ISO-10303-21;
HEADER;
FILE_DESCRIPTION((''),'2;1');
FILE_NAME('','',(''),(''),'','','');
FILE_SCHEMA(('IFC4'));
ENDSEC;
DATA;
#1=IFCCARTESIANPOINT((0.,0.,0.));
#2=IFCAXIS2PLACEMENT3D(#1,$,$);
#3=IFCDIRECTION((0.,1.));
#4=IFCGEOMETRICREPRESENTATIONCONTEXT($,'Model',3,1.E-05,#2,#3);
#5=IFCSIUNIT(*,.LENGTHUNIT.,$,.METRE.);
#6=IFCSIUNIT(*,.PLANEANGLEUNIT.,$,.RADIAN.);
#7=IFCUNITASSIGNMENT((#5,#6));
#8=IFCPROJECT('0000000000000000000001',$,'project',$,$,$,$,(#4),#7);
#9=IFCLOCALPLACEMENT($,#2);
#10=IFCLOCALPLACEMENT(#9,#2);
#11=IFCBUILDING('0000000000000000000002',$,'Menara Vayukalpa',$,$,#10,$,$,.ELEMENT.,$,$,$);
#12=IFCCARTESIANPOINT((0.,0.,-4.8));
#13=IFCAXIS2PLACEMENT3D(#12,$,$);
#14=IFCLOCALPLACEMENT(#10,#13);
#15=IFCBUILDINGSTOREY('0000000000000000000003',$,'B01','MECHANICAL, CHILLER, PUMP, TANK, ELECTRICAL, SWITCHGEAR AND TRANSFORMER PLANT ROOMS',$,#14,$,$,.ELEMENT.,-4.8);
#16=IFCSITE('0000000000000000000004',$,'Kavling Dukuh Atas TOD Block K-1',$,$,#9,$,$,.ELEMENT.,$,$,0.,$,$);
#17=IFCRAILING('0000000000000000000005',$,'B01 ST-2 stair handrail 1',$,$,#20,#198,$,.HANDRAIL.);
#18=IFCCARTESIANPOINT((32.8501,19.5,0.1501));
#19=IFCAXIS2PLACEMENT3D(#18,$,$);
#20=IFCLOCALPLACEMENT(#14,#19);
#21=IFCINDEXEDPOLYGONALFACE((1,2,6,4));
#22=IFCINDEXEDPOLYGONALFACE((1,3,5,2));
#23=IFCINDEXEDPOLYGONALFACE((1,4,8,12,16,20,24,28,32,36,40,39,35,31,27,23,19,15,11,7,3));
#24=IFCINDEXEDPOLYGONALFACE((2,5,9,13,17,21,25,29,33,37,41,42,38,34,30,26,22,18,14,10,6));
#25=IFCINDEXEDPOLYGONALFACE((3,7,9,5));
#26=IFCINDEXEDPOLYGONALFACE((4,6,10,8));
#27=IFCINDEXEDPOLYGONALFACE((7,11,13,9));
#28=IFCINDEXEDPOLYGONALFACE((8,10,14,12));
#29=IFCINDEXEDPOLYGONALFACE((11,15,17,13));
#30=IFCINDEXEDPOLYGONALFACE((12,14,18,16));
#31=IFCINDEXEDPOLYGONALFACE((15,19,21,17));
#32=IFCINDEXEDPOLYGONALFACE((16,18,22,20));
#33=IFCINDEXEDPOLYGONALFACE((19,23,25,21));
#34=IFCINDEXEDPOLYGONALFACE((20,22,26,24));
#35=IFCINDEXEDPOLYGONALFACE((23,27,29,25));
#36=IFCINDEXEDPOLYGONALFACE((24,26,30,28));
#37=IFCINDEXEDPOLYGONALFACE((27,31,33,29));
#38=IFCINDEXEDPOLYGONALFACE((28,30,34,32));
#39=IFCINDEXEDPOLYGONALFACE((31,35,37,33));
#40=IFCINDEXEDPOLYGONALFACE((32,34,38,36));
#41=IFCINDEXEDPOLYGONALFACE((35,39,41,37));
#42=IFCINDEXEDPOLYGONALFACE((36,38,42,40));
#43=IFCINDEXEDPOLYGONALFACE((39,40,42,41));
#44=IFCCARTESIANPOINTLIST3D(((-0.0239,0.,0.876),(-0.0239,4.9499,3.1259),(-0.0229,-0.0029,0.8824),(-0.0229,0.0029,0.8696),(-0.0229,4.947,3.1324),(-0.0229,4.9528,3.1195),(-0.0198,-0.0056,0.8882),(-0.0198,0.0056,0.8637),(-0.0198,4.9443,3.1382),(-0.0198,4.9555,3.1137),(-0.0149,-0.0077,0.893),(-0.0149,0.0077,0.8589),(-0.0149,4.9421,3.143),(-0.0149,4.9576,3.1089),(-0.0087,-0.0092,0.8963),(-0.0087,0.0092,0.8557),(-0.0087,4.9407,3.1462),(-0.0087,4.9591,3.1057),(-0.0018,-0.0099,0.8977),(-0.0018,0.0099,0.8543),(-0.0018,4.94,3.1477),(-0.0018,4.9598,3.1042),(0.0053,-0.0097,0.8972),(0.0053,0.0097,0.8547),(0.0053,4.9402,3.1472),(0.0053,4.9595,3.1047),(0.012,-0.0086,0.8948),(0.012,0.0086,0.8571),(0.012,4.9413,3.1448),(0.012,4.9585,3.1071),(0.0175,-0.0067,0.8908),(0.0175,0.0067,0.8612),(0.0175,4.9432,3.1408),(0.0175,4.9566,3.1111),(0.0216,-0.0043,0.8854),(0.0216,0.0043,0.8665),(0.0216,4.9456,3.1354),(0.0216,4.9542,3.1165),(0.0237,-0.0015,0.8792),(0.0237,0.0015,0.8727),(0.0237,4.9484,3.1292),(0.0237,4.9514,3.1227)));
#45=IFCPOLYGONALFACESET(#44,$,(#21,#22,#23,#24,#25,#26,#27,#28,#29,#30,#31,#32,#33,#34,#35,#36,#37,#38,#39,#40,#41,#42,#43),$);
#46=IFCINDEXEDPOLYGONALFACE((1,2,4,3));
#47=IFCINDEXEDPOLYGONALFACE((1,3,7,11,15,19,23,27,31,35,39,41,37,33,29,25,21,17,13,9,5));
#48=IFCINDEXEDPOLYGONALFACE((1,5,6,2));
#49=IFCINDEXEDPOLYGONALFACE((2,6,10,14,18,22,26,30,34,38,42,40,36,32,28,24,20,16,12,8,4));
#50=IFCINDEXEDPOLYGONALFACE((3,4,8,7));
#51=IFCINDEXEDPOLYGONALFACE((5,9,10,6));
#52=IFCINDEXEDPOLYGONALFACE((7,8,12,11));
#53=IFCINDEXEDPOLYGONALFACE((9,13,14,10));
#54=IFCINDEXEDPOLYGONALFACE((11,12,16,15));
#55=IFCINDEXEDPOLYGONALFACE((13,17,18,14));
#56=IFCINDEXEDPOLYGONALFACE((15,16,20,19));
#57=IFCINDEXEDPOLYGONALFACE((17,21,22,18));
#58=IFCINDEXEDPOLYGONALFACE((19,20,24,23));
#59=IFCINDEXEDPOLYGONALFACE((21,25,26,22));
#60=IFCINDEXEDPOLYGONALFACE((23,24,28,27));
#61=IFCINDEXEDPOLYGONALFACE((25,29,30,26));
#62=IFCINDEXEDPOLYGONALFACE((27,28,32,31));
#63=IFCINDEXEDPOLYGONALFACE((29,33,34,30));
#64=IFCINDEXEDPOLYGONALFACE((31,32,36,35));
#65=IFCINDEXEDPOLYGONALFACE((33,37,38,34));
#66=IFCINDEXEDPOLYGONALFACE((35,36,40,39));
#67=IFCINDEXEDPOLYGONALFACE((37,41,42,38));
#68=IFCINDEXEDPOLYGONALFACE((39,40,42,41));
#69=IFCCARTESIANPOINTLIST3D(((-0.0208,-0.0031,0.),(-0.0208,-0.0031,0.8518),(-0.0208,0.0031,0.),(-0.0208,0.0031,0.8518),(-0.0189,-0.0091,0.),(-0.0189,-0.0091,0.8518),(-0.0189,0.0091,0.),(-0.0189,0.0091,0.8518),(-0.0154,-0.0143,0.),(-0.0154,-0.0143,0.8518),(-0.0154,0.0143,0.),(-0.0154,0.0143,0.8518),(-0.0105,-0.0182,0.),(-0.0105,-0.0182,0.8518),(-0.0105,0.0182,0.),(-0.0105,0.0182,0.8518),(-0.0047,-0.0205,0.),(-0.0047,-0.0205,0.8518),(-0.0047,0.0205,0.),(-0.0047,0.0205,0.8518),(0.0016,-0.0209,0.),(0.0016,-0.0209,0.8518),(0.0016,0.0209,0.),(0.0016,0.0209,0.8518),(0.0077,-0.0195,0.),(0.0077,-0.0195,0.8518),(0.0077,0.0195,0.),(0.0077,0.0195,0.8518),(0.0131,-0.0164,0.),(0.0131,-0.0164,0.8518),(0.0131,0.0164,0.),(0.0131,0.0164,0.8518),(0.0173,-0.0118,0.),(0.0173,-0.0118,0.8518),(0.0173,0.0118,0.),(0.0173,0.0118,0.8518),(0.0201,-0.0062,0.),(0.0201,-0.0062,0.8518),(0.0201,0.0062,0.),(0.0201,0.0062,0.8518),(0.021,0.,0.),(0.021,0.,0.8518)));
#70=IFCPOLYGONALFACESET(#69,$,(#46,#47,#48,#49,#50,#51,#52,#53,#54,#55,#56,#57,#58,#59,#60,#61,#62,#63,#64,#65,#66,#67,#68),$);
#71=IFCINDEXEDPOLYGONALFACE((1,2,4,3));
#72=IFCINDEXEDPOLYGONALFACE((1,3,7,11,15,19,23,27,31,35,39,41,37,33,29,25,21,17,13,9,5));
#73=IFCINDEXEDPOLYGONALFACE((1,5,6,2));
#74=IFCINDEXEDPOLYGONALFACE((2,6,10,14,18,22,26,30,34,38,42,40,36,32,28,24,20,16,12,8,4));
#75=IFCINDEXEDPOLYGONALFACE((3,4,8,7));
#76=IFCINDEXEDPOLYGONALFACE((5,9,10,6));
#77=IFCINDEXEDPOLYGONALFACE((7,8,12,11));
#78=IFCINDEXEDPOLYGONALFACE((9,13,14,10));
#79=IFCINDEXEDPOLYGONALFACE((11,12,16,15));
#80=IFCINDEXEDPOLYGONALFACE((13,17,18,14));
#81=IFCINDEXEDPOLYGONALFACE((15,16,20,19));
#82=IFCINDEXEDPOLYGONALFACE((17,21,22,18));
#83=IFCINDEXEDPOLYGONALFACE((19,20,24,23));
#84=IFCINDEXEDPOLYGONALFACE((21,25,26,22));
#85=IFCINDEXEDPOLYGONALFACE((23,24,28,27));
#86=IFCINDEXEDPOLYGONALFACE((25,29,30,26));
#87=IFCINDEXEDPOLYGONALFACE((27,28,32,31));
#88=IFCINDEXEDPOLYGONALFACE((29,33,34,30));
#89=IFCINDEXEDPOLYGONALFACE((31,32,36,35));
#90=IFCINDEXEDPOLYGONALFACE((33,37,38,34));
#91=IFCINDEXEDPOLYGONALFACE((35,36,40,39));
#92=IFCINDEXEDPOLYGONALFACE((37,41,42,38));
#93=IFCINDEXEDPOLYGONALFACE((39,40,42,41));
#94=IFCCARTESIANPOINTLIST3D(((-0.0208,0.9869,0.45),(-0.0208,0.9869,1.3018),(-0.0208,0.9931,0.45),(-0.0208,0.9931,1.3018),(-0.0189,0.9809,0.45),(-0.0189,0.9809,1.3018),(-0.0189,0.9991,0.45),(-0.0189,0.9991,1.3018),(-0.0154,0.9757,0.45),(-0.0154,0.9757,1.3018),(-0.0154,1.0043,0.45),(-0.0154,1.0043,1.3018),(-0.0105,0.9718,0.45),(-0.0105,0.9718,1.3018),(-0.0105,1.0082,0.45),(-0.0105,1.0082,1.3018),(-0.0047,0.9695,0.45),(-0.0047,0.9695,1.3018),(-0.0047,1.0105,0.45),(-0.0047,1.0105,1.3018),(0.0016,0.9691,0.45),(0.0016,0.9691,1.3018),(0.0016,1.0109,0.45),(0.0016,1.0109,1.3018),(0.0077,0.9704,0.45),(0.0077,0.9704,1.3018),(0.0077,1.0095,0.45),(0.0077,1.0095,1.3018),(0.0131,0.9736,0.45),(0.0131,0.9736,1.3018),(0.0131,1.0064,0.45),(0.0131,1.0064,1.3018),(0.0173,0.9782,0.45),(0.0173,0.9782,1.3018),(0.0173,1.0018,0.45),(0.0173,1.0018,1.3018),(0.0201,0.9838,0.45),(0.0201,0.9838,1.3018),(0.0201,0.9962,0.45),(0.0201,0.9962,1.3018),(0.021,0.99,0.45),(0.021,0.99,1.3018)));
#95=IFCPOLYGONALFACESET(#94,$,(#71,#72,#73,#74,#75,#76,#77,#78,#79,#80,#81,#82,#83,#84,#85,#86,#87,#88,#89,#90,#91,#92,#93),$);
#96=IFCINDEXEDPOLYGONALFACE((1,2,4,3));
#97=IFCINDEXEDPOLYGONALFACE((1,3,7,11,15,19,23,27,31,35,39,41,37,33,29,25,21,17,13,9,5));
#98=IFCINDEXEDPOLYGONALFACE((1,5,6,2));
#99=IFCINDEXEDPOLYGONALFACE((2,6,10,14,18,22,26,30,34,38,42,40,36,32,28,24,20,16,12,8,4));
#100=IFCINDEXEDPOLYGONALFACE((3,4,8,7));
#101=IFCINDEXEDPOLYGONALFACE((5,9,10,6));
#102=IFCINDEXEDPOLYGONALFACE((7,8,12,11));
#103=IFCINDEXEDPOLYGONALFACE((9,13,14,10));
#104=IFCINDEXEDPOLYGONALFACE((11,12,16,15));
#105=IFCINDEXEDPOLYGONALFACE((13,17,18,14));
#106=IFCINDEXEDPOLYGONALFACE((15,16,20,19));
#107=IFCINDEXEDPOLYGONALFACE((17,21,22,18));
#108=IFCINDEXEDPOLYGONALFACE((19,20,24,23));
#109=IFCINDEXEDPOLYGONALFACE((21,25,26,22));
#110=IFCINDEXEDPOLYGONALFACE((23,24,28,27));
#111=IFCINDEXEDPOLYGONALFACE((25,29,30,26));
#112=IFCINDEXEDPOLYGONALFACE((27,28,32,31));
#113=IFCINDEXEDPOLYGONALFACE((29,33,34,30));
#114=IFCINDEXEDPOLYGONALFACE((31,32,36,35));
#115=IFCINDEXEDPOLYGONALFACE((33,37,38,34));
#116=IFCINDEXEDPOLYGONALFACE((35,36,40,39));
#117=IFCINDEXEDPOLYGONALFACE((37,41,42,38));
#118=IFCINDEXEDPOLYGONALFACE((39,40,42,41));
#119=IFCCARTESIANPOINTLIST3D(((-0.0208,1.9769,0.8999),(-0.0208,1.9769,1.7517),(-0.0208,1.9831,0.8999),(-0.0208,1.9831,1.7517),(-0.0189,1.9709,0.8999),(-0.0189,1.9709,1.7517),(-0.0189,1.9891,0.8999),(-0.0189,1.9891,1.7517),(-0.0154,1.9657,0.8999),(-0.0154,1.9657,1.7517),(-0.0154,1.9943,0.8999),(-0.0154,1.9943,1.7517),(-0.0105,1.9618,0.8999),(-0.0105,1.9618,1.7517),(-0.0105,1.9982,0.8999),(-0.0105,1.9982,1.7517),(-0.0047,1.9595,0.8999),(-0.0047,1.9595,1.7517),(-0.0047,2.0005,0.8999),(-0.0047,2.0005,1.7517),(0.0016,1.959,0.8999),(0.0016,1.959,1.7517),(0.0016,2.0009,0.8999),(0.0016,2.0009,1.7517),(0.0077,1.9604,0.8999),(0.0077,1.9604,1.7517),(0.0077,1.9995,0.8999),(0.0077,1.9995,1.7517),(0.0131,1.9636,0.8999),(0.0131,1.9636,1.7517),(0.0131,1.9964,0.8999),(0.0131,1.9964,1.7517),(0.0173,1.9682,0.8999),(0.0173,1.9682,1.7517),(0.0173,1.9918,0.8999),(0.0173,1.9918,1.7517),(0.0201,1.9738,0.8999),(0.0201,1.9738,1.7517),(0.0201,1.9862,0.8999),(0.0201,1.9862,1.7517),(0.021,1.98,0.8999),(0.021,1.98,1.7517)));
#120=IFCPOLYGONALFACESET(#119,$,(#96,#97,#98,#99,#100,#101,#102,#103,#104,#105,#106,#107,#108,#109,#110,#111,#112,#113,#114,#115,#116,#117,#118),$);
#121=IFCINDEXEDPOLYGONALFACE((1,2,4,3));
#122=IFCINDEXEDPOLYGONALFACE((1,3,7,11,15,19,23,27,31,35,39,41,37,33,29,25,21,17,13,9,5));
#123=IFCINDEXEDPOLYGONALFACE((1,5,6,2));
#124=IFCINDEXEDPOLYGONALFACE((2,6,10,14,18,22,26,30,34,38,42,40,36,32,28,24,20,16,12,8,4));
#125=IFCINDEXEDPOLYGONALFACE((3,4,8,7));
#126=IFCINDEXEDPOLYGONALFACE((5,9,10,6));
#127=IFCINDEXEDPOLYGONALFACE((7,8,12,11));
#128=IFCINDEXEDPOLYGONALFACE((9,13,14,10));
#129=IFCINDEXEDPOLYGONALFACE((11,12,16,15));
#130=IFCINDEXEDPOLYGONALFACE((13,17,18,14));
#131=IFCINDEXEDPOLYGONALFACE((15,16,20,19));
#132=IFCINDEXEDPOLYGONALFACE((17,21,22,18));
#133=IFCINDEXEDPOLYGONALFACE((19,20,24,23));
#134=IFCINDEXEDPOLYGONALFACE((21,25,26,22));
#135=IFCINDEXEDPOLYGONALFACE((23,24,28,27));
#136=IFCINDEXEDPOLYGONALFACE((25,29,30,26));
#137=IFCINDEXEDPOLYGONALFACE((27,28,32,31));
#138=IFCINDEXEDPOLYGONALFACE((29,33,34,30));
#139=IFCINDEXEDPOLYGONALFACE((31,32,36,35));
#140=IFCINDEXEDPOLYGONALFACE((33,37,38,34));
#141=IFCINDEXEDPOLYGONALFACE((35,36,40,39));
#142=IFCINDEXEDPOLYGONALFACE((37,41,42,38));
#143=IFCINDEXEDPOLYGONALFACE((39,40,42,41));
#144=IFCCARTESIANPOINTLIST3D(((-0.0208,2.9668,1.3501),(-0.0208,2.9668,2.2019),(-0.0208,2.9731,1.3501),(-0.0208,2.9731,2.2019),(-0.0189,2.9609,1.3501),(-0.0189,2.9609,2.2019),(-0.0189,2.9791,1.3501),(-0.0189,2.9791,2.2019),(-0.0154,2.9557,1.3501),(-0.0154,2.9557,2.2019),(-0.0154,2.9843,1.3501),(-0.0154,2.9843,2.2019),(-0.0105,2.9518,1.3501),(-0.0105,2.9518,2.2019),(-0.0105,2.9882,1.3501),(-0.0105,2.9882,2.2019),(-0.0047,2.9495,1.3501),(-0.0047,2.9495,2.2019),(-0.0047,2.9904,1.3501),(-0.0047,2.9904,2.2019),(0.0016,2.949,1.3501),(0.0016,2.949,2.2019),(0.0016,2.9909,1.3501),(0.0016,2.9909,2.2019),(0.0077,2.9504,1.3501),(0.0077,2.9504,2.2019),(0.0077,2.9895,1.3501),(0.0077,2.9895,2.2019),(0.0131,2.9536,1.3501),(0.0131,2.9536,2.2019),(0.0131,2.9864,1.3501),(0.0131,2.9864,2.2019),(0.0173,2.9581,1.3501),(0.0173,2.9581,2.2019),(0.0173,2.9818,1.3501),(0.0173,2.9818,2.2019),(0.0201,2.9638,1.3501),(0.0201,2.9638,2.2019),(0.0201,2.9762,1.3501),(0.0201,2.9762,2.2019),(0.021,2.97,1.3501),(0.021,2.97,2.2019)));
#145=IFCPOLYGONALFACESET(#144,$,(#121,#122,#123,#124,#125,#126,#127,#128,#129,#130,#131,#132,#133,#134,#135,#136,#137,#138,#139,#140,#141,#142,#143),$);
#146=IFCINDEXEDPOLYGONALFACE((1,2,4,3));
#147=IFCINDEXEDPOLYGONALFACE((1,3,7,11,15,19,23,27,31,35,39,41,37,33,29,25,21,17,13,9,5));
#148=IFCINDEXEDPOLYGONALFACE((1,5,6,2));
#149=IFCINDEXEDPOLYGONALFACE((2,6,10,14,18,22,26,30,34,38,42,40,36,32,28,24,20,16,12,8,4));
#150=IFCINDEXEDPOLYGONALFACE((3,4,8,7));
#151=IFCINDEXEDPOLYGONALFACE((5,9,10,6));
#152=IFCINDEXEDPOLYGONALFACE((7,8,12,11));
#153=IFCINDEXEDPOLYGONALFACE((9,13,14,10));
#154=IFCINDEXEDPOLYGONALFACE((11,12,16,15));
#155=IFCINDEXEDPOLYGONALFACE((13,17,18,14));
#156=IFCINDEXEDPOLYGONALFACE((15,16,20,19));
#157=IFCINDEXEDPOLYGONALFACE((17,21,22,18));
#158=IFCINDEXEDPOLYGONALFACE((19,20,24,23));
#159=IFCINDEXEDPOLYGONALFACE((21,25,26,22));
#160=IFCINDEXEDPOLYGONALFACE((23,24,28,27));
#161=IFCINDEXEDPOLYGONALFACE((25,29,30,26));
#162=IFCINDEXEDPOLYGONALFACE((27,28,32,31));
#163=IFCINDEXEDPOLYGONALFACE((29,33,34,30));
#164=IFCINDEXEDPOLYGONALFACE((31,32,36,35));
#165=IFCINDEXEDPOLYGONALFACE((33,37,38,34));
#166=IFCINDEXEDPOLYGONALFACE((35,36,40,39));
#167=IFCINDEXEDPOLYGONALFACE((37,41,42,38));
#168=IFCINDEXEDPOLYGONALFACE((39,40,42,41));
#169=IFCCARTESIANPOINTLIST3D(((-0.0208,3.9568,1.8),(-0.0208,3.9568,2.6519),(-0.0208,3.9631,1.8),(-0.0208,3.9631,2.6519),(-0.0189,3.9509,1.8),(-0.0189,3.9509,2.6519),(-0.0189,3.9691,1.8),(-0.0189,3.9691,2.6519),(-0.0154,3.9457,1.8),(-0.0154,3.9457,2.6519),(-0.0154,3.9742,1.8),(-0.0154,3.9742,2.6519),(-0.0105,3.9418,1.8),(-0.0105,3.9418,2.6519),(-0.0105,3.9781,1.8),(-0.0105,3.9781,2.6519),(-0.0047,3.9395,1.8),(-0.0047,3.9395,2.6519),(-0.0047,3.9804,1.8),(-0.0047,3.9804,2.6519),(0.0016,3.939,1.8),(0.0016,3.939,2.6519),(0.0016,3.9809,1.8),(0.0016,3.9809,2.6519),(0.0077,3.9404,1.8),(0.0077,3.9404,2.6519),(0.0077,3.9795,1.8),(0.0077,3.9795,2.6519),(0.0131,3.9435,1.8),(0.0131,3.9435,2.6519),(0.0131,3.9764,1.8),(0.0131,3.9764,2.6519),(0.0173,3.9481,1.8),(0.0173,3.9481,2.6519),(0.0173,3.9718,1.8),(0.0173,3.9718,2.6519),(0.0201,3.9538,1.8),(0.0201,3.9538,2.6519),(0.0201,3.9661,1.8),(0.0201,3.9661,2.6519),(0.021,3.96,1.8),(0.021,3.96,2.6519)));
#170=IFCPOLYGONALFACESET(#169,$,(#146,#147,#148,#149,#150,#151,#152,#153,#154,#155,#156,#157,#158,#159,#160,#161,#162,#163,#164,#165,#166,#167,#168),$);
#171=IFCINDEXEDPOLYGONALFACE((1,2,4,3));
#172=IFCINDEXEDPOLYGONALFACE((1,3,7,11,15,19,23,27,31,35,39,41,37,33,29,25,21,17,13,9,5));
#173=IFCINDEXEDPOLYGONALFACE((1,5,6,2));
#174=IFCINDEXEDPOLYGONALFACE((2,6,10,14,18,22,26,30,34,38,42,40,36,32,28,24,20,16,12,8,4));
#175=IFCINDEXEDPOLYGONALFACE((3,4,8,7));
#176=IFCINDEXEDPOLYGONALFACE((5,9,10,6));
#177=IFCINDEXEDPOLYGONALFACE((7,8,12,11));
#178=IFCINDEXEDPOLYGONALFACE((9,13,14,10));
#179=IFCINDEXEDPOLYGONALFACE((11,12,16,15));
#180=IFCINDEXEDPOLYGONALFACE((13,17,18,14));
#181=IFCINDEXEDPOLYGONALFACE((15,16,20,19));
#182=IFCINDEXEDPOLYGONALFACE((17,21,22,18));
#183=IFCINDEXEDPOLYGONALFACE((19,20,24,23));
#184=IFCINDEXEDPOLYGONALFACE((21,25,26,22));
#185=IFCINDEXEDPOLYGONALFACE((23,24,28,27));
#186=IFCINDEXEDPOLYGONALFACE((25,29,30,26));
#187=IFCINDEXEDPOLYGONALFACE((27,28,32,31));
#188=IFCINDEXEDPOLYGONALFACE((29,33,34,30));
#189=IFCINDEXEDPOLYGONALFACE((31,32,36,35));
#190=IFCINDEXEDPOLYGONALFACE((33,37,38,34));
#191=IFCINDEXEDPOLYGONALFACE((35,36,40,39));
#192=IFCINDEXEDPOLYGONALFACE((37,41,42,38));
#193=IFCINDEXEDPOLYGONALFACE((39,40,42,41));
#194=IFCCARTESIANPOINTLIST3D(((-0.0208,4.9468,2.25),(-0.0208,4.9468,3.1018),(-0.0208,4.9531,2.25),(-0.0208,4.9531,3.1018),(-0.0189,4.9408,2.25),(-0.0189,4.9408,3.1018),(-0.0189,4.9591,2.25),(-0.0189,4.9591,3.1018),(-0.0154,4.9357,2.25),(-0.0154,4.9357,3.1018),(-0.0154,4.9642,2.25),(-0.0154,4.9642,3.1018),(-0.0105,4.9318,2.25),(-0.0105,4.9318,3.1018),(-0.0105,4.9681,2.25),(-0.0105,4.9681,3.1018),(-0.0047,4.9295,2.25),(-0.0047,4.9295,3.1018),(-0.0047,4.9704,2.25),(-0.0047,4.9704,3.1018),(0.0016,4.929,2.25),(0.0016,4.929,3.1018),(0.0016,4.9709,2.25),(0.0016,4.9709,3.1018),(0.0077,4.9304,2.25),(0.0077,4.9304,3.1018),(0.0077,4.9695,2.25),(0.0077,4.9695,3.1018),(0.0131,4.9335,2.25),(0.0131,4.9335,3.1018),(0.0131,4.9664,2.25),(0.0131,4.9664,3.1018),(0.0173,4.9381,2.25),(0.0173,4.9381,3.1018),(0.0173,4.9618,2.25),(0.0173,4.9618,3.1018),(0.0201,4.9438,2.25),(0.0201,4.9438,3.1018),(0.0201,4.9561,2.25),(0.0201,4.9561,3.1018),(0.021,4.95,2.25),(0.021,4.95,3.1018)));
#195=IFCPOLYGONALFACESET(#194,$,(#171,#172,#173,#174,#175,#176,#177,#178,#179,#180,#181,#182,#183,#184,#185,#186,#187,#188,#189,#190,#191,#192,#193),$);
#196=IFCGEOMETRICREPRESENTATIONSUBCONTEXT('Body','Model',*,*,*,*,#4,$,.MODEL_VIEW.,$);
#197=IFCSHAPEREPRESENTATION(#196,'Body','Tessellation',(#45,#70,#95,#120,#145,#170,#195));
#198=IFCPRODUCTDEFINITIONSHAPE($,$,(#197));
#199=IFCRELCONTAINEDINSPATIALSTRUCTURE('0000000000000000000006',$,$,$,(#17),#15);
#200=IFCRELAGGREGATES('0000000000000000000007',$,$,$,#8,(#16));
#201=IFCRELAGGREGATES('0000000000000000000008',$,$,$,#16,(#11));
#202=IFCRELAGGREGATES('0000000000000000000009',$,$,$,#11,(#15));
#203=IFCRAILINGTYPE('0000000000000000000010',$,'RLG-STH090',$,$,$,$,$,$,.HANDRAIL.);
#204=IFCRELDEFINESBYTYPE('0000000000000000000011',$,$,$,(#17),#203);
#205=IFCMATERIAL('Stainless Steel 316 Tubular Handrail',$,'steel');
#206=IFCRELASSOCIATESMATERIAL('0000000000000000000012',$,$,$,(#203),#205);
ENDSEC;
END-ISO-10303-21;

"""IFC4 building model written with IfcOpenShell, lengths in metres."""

from ifc_helpers import new_model, si_unit, direction, frame, origin, origin_2d, place, context, subcontext, project, spatial, circle, extrude, material, type_object, element, save


model = new_model("IFC4")

# Units and contexts
model_context = context("Model", 3, precision=1e-05, world=origin(), true_north=direction((0.0, 1.0)))
body_context = subcontext(model_context, "Body", "Model", "MODEL_VIEW")
ifc_project = project(units=[si_unit("LENGTHUNIT", "METRE"), si_unit("PLANEANGLEUNIT", "RADIAN")], contexts=[model_context])

# Site, building, storey
site_placement = place(None, origin())
site = spatial("IfcSite", under=ifc_project, at=site_placement, Name="Kavling Dukuh Atas TOD Block K-1", CompositionType="ELEMENT", RefElevation=0.0)
building_placement = place(site_placement, origin())
building = spatial("IfcBuilding", under=site, at=building_placement, Name="Menara Vayukalpa", CompositionType="ELEMENT")
storey_placement = place(building_placement, frame((0.0, 0.0, -4.8)))
storey = spatial("IfcBuildingStorey", under=building, at=storey_placement, Name="B01", Description="MECHANICAL, CHILLER, PUMP, TANK, ELECTRICAL, SWITCHGEAR AND TRANSFORMER PLANT ROOMS", CompositionType="ELEMENT", Elevation=-4.8)

# Railing
ifc_material_1 = material(Name="Stainless Steel 316 Tubular Handrail", Category="steel")
railing_type_1 = type_object("IfcRailingType", Name="RLG-STH090", PredefinedType="HANDRAIL", material=ifc_material_1)
for number, where, name in (
    (1, (32.8501, 19.5, 0.1501), "B01 ST-2 stair handrail 1"),
):
    element("IfcRailing", number, at=place(storey_placement, frame(where)), inside=storey, type_object=railing_type_1, Name=name, PredefinedType="HANDRAIL", context=body_context, shape_type="SweptSolid", body=[
        extrude(circle(Radius=0.0239, at=origin_2d()), frame((0.0, 0.0, 0.876), z_axis=(0.0, 0.910365, 0.413806), x_axis=(-1.0, 0.0, 0.0)), (0.0, 0.0, 1.0), 5.4373),
        extrude(circle(Radius=0.021, at=origin_2d()), origin(), (0.0, 0.0, 1.0), 0.8518),
        extrude(circle(Radius=0.021, at=origin_2d()), frame((0.0, 0.99, 0.45)), (0.0, 0.0, 1.0), 0.8518),
        extrude(circle(Radius=0.021, at=origin_2d()), frame((0.0, 1.98, 0.8999)), (0.0, 0.0, 1.0), 0.8518),
        extrude(circle(Radius=0.021, at=origin_2d()), frame((0.0, 2.97, 1.3501)), (0.0, 0.0, 1.0), 0.8518),
        extrude(circle(Radius=0.021, at=origin_2d()), frame((0.0, 3.96, 1.8)), (0.0, 0.0, 1.0), 0.8518),
        extrude(circle(Radius=0.021, at=origin_2d()), frame((0.0, 4.95, 2.25)), (0.0, 0.0, 1.0), 0.8518),
    ])

save(model, "model.ifc")
